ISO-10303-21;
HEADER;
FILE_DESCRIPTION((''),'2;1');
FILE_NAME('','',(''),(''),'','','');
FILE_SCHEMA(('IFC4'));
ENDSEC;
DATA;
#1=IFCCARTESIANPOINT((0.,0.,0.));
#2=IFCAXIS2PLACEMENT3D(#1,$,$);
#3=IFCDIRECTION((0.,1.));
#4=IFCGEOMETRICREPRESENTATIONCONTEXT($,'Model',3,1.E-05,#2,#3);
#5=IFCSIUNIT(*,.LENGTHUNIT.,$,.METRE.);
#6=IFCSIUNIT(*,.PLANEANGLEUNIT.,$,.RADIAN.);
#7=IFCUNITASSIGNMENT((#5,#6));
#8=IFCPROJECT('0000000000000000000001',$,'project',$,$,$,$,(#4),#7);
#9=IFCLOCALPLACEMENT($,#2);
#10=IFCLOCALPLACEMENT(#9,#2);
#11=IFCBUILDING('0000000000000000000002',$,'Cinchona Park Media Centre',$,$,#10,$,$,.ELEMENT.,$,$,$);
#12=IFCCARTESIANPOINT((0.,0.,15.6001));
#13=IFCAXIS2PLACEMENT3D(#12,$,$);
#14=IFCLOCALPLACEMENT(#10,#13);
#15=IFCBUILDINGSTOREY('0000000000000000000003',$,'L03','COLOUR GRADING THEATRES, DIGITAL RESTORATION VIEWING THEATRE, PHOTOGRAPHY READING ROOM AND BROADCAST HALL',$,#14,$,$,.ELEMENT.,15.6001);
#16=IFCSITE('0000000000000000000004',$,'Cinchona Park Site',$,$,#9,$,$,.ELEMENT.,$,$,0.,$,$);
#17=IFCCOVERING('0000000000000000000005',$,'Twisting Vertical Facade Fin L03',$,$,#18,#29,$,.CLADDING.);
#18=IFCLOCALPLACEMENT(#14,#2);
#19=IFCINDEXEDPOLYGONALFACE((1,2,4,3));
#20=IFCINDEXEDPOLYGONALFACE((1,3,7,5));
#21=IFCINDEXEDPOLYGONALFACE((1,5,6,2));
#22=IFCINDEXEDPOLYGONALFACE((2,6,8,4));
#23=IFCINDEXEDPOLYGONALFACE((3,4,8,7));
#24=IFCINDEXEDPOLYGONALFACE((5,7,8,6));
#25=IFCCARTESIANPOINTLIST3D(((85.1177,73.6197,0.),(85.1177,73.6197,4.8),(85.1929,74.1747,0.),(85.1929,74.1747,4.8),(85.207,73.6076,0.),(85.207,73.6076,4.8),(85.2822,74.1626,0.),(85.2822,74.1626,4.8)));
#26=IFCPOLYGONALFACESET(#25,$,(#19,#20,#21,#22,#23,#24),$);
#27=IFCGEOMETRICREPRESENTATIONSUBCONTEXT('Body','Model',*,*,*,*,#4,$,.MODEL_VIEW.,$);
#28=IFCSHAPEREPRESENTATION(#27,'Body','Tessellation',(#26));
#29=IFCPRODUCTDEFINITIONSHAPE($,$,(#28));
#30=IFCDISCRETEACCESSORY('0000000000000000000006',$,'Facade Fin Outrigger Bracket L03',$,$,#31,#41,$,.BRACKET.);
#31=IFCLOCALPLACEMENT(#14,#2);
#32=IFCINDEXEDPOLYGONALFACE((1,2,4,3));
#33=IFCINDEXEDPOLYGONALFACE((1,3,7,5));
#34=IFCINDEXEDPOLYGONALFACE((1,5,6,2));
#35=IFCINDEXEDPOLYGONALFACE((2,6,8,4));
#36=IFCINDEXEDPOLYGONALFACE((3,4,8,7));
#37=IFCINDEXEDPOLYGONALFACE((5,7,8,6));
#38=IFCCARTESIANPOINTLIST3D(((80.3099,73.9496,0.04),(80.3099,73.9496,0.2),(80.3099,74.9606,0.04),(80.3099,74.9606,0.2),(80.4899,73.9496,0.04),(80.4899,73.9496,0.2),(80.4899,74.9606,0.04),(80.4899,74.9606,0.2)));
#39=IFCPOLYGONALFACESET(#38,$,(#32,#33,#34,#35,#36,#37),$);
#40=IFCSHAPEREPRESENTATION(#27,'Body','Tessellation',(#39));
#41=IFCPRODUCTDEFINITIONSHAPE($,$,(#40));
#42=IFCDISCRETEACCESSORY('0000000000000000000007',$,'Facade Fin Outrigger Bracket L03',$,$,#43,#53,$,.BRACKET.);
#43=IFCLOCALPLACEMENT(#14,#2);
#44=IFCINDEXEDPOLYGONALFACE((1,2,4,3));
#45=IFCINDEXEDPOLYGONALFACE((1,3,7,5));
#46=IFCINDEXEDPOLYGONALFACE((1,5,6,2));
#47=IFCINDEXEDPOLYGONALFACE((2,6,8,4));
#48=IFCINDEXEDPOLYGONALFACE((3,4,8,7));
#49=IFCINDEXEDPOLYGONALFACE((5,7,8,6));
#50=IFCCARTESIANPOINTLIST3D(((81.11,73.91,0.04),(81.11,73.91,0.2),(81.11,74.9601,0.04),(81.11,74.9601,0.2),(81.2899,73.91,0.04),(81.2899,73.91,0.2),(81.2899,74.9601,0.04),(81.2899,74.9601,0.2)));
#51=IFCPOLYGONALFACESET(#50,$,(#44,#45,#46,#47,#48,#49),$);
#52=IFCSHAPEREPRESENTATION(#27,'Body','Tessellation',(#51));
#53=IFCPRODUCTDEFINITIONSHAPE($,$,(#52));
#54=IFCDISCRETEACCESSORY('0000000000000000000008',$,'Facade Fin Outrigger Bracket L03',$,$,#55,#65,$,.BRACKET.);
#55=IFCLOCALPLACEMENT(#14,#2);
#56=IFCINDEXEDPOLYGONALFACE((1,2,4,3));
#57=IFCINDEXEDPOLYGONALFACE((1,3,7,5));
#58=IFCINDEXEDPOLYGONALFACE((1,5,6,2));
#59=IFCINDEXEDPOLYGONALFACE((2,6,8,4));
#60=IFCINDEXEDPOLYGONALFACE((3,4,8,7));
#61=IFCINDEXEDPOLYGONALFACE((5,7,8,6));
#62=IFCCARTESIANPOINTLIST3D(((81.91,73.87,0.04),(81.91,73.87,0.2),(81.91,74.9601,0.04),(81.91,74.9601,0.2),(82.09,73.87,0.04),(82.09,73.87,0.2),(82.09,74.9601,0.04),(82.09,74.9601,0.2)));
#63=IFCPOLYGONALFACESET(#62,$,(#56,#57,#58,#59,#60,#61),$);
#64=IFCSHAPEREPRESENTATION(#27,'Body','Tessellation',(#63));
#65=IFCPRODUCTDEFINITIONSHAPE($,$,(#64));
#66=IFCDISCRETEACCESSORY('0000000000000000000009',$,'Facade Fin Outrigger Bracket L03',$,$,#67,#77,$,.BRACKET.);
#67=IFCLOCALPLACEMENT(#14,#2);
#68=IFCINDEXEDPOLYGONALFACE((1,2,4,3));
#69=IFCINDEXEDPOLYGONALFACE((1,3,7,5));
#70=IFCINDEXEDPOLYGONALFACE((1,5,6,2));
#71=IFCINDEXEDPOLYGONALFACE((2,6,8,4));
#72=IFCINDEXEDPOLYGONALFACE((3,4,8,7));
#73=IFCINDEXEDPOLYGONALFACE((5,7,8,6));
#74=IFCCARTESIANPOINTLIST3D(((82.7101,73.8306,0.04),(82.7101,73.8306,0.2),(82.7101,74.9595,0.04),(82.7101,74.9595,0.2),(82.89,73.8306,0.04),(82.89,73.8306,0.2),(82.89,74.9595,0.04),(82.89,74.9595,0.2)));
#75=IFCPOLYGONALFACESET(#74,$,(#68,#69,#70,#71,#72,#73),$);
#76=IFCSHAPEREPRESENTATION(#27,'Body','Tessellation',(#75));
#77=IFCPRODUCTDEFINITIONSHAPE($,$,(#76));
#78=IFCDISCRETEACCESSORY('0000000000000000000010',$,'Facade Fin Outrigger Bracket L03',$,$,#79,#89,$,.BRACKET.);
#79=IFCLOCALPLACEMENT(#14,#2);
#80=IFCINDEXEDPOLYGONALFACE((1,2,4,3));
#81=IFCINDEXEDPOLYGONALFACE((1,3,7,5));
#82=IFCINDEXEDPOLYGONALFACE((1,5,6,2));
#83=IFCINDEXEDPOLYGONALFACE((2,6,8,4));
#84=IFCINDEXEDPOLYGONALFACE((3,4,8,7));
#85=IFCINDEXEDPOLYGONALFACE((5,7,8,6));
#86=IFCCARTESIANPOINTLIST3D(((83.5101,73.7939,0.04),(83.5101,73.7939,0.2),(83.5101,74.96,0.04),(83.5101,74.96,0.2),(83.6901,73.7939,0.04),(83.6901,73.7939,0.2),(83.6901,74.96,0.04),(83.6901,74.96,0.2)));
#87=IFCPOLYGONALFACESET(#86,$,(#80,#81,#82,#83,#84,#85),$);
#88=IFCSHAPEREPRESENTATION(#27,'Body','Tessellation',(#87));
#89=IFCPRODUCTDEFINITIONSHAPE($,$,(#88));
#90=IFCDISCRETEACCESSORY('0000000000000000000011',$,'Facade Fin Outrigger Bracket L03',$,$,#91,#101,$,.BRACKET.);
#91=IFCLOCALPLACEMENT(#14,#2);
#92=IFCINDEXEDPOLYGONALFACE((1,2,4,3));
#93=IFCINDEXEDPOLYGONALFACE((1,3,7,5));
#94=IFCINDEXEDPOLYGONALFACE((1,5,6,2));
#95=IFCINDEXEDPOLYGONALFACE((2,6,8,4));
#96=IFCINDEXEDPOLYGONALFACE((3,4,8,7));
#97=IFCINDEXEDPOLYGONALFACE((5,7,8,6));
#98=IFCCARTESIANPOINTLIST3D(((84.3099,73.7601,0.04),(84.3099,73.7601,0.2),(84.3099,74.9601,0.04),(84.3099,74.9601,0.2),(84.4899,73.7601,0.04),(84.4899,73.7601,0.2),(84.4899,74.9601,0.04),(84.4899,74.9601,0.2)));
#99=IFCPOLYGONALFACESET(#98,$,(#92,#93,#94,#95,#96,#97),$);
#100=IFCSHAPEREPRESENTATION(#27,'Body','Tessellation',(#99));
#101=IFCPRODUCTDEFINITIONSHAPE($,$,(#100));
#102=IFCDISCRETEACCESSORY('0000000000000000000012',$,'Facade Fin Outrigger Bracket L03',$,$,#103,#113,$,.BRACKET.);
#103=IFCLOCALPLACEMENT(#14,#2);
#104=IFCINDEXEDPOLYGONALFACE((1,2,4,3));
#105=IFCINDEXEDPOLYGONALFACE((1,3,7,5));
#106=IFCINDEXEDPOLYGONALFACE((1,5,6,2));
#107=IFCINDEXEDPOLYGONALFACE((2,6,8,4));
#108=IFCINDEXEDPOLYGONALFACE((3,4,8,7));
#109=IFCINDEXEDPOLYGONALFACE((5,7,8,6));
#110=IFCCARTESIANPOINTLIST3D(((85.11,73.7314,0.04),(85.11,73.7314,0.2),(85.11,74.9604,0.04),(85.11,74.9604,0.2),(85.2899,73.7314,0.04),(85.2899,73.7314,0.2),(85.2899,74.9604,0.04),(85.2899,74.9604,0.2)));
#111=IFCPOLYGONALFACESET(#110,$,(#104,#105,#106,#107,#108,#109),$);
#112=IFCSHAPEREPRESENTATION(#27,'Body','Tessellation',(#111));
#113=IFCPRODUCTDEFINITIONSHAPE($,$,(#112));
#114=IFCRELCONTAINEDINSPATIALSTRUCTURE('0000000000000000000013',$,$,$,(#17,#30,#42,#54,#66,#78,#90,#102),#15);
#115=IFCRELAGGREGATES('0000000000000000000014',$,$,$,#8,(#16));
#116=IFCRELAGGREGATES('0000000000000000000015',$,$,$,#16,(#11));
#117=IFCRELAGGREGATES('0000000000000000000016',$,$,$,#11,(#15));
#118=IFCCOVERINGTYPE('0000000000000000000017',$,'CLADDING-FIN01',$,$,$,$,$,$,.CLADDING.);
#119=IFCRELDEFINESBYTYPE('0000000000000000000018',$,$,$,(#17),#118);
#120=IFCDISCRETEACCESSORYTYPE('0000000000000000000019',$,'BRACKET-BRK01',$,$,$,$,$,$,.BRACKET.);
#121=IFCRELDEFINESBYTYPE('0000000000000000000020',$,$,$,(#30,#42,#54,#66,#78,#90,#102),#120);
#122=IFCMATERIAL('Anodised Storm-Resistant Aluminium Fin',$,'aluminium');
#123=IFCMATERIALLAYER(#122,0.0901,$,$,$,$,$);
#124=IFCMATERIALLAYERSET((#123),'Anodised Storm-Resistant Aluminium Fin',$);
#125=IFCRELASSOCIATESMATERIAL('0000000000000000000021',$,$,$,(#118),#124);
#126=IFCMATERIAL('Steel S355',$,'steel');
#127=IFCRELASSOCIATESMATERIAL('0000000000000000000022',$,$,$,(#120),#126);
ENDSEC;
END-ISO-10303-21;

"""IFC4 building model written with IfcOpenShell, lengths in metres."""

from ifc_helpers import new_model, si_unit, direction, frame, origin, origin_2d, place, context, subcontext, project, spatial, rectangle, extrude, material, layer, layer_set, type_object, element, save


model = new_model("IFC4")

# Units and contexts
model_context = context("Model", 3, precision=1e-05, world=origin(), true_north=direction((0.0, 1.0)))
body_context = subcontext(model_context, "Body", "Model", "MODEL_VIEW")
ifc_project = project(units=[si_unit("LENGTHUNIT", "METRE"), si_unit("PLANEANGLEUNIT", "RADIAN")], contexts=[model_context])

# Site, building, storey
site_placement = place(None, origin())
site = spatial("IfcSite", under=ifc_project, at=site_placement, Name="Cinchona Park Site", CompositionType="ELEMENT", RefElevation=0.0)
building_placement = place(site_placement, origin())
building = spatial("IfcBuilding", under=site, at=building_placement, Name="Cinchona Park Media Centre", CompositionType="ELEMENT")
storey_placement = place(building_placement, frame((0.0, 0.0, 15.6001)))
storey = spatial("IfcBuildingStorey", under=building, at=storey_placement, Name="L03", Description="COLOUR GRADING THEATRES, DIGITAL RESTORATION VIEWING THEATRE, PHOTOGRAPHY READING ROOM AND BROADCAST HALL", CompositionType="ELEMENT", Elevation=15.6001)

# Covering
ifc_material_1 = material(Name="Anodised Storm-Resistant Aluminium Fin", Category="aluminium")
ifc_layer_1 = layer(ifc_material_1, 0.0901)
ifc_layer_set_1 = layer_set([ifc_layer_1], Name="Anodised Storm-Resistant Aluminium Fin")
covering_type = type_object("IfcCoveringType", Name="CLADDING-FIN01", PredefinedType="CLADDING", material=ifc_layer_set_1)
for number, where, z_axis, x_axis, name in (
    (1, (85.2, 73.8911, 0.0), (0.0, 0.0, 1.0), (0.134159, 0.99096, 0.0), "Twisting Vertical Facade Fin L03"),
):
    element("IfcCovering", number, at=place(storey_placement, frame(where, z_axis=z_axis, x_axis=x_axis)), inside=storey, type_object=covering_type, Name=name, PredefinedType="CLADDING", context=body_context, shape_type="SweptSolid", body=[
        extrude(rectangle(XDim=0.5601, YDim=0.0901, at=origin_2d()), origin(), (0.0, 0.0, 1.0), 4.8),
    ])

# Discrete accessories
ifc_material_2 = material(Name="Steel S355", Category="steel")
discrete_accessory_type = type_object("IfcDiscreteAccessoryType", Name="BRACKET-BRK01", PredefinedType="BRACKET", material=ifc_material_2)
discrete_accessory_1_placement = place(storey_placement, frame((80.3999, 74.4551, 0.04), z_axis=(0.0, 0.0, 1.0), x_axis=(1.0, 0.0, 0.0)))
element("IfcDiscreteAccessory", 2, at=discrete_accessory_1_placement, inside=storey, type_object=discrete_accessory_type, Name="Facade Fin Outrigger Bracket L03", PredefinedType="BRACKET", context=body_context, shape_type="SweptSolid", body=[
    extrude(rectangle(XDim=0.1799, YDim=1.011, at=origin_2d()), origin(), (0.0, 0.0, 1.0), 0.1599),
])
discrete_accessory_2_placement = place(storey_placement, frame((81.2, 74.4351, 0.04), z_axis=(0.0, 0.0, 1.0), x_axis=(1.0, 0.0, 0.0)))
element("IfcDiscreteAccessory", 3, at=discrete_accessory_2_placement, inside=storey, type_object=discrete_accessory_type, Name="Facade Fin Outrigger Bracket L03", PredefinedType="BRACKET", context=body_context, shape_type="SweptSolid", body=[
    extrude(rectangle(XDim=0.1799, YDim=1.05, at=origin_2d()), origin(), (0.0, 0.0, 1.0), 0.1599),
])
discrete_accessory_3_placement = place(storey_placement, frame((82.0, 74.415, 0.04), z_axis=(0.0, 0.0, 1.0), x_axis=(1.0, 0.0, 0.0)))
element("IfcDiscreteAccessory", 4, at=discrete_accessory_3_placement, inside=storey, type_object=discrete_accessory_type, Name="Facade Fin Outrigger Bracket L03", PredefinedType="BRACKET", context=body_context, shape_type="SweptSolid", body=[
    extrude(rectangle(XDim=0.1799, YDim=1.0901, at=origin_2d()), origin(), (0.0, 0.0, 1.0), 0.1599),
])
discrete_accessory_4_placement = place(storey_placement, frame((82.8, 74.395, 0.04), z_axis=(0.0, 0.0, 1.0), x_axis=(1.0, 0.0, 0.0)))
element("IfcDiscreteAccessory", 5, at=discrete_accessory_4_placement, inside=storey, type_object=discrete_accessory_type, Name="Facade Fin Outrigger Bracket L03", PredefinedType="BRACKET", context=body_context, shape_type="SweptSolid", body=[
    extrude(rectangle(XDim=0.1799, YDim=1.1289, at=origin_2d()), origin(), (0.0, 0.0, 1.0), 0.1599),
])
discrete_accessory_5_placement = place(storey_placement, frame((83.6001, 74.377, 0.04), z_axis=(0.0, 0.0, 1.0), x_axis=(1.0, 0.0, 0.0)))
element("IfcDiscreteAccessory", 6, at=discrete_accessory_5_placement, inside=storey, type_object=discrete_accessory_type, Name="Facade Fin Outrigger Bracket L03", PredefinedType="BRACKET", context=body_context, shape_type="SweptSolid", body=[
    extrude(rectangle(XDim=0.1799, YDim=1.166, at=origin_2d()), origin(), (0.0, 0.0, 1.0), 0.1599),
])
discrete_accessory_6_placement = place(storey_placement, frame((84.3999, 74.3601, 0.04), z_axis=(0.0, 0.0, 1.0), x_axis=(1.0, 0.0, 0.0)))
element("IfcDiscreteAccessory", 7, at=discrete_accessory_6_placement, inside=storey, type_object=discrete_accessory_type, Name="Facade Fin Outrigger Bracket L03", PredefinedType="BRACKET", context=body_context, shape_type="SweptSolid", body=[
    extrude(rectangle(XDim=0.1799, YDim=1.2, at=origin_2d()), origin(), (0.0, 0.0, 1.0), 0.1599),
])
discrete_accessory_7_placement = place(storey_placement, frame((85.2, 74.3459, 0.04), z_axis=(0.0, 0.0, 1.0), x_axis=(1.0, 0.0, 0.0)))
element("IfcDiscreteAccessory", 8, at=discrete_accessory_7_placement, inside=storey, type_object=discrete_accessory_type, Name="Facade Fin Outrigger Bracket L03", PredefinedType="BRACKET", context=body_context, shape_type="SweptSolid", body=[
    extrude(rectangle(XDim=0.1799, YDim=1.229, at=origin_2d()), origin(), (0.0, 0.0, 1.0), 0.1599),
])

save(model, "model.ifc")
